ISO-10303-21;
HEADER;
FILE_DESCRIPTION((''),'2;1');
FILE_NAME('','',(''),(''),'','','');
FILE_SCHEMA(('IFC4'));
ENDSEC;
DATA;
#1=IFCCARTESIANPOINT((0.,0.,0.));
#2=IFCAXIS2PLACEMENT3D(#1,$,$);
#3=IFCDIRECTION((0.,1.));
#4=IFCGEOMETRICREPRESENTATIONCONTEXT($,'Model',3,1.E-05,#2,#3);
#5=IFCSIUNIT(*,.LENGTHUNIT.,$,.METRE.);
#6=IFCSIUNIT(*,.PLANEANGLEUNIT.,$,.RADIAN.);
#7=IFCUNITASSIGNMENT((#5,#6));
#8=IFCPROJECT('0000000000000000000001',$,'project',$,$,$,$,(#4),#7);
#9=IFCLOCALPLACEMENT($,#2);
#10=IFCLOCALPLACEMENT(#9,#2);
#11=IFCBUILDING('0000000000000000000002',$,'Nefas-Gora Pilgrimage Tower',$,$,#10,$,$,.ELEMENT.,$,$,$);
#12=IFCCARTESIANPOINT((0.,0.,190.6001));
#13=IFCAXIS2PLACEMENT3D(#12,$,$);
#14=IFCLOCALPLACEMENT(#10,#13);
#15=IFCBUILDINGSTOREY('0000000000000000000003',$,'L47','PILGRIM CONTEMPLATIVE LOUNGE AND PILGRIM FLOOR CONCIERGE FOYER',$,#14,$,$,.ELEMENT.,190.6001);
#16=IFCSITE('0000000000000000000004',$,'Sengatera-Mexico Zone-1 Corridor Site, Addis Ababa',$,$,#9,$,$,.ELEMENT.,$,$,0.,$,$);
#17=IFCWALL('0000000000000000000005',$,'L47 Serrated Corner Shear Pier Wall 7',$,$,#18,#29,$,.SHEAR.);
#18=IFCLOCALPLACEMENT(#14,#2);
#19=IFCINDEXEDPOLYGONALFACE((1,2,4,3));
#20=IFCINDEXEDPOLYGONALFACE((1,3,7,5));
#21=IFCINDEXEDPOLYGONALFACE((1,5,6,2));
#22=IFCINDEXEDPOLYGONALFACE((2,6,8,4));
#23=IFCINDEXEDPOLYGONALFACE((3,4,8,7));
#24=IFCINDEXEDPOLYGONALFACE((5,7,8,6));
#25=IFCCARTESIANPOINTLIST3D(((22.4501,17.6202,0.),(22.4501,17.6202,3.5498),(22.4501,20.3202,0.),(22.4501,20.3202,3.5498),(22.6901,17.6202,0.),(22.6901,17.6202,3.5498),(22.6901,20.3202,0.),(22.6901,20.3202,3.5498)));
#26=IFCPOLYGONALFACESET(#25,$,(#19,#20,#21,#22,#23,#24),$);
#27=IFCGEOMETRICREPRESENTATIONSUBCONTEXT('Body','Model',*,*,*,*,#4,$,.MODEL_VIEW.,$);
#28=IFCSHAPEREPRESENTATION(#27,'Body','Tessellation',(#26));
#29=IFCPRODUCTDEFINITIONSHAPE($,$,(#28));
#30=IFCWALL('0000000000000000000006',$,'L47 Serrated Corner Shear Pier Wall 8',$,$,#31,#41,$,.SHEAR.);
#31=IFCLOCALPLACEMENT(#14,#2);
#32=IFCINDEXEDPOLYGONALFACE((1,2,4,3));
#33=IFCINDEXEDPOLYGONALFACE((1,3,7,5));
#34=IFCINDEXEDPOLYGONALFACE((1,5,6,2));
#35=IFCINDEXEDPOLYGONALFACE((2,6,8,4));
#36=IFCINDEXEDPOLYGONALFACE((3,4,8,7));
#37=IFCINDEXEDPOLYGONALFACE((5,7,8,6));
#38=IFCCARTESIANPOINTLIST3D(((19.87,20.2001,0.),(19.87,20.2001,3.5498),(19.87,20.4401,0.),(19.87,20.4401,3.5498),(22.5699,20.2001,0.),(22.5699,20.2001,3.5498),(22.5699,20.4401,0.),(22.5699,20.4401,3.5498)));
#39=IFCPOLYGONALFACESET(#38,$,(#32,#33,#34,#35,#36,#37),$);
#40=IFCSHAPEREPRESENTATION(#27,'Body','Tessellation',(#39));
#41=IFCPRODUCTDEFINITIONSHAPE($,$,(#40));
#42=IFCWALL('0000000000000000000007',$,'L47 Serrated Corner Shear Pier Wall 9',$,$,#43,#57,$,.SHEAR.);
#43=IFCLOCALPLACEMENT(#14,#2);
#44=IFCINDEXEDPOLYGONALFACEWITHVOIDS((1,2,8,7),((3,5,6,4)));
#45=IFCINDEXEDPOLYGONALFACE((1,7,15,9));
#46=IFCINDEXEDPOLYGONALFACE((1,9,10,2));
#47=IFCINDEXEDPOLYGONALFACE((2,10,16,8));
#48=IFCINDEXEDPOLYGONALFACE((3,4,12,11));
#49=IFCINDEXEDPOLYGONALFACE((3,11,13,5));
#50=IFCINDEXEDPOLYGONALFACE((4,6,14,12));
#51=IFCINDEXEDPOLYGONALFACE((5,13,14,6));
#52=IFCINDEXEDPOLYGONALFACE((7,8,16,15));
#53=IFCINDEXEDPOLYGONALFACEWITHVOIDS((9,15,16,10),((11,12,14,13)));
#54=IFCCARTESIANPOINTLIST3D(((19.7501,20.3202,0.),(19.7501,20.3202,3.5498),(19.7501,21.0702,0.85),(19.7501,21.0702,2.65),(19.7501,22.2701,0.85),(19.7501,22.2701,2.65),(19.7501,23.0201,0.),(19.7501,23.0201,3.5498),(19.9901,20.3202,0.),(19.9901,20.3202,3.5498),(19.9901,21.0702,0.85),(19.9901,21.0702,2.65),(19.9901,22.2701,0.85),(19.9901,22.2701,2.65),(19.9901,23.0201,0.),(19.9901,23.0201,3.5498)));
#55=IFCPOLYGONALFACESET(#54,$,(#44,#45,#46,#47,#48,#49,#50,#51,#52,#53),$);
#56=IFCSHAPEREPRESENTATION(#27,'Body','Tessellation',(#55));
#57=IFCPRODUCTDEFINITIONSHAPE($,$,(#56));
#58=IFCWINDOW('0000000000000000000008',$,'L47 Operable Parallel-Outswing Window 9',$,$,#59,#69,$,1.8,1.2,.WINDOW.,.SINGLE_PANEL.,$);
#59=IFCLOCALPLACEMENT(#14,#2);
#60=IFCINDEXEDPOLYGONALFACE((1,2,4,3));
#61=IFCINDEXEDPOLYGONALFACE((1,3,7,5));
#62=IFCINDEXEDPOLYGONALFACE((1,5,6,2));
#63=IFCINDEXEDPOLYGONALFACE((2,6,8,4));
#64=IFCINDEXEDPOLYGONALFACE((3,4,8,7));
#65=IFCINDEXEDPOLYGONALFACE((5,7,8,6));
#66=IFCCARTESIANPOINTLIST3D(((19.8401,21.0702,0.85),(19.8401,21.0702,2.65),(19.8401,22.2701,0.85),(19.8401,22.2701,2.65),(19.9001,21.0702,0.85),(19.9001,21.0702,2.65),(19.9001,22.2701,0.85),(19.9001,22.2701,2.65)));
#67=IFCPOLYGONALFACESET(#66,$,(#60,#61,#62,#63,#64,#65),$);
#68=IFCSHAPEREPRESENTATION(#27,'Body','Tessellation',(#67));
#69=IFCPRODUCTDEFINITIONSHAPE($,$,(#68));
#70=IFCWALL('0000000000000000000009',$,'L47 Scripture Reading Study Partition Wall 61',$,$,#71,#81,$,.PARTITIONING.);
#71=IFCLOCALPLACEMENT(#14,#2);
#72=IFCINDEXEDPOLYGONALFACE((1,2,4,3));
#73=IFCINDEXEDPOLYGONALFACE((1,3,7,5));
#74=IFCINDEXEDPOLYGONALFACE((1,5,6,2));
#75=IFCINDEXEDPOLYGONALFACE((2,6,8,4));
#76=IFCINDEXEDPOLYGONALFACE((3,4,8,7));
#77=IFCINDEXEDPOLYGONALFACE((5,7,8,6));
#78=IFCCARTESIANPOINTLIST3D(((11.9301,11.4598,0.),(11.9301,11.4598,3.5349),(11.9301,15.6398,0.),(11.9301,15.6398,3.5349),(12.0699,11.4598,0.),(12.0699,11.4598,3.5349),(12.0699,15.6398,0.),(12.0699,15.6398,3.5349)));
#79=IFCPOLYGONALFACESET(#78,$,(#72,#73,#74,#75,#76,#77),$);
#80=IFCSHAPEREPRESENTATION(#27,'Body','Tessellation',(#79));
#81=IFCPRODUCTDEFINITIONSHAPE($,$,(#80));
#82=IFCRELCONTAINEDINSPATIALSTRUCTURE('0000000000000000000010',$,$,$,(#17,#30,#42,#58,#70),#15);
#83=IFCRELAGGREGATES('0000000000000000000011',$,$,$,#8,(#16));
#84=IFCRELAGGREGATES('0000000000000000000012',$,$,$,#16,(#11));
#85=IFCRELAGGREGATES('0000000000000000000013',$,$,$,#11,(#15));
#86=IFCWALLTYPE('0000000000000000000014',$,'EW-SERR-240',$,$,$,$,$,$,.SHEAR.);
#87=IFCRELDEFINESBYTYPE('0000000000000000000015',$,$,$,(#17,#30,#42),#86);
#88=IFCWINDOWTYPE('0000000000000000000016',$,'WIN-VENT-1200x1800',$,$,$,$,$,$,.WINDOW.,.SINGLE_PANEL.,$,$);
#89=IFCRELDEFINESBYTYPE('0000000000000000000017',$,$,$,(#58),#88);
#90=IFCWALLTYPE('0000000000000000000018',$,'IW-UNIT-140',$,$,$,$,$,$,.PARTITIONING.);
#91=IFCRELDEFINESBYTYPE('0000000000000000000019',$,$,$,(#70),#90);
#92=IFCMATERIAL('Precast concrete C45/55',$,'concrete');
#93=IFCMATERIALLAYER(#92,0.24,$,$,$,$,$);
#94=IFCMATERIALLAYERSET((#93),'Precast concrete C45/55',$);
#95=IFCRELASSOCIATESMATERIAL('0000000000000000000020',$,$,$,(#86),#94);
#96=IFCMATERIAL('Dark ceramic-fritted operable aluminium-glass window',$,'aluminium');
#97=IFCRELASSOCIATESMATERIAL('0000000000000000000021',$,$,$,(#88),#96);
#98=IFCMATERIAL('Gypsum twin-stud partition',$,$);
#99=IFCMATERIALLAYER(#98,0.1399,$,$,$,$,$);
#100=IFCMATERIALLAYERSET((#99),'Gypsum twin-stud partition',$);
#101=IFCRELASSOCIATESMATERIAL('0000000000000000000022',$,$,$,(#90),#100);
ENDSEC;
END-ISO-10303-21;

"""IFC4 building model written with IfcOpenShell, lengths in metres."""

from ifc_helpers import new_model, si_unit, direction, frame, frame_2d, origin, place, context, subcontext, project, spatial, rectangle, extrude, source, transform, mapped, material, layer, layer_set, type_object, element, fill, save


model = new_model("IFC4")

# Units and contexts
model_context = context("Model", 3, precision=1e-05, world=origin(), true_north=direction((0.0, 1.0)))
body_context = subcontext(model_context, "Body", "Model", "MODEL_VIEW")
ifc_project = project(units=[si_unit("LENGTHUNIT", "METRE"), si_unit("PLANEANGLEUNIT", "RADIAN")], contexts=[model_context])

# Site, building, storey
site_placement = place(None, origin())
site = spatial("IfcSite", under=ifc_project, at=site_placement, Name="Sengatera-Mexico Zone-1 Corridor Site, Addis Ababa", CompositionType="ELEMENT", RefElevation=0.0)
building_placement = place(site_placement, origin())
building = spatial("IfcBuilding", under=site, at=building_placement, Name="Nefas-Gora Pilgrimage Tower", CompositionType="ELEMENT")
storey_placement = place(building_placement, frame((0.0, 0.0, 190.6001)))
storey = spatial("IfcBuildingStorey", under=building, at=storey_placement, Name="L47", Description="PILGRIM CONTEMPLATIVE LOUNGE AND PILGRIM FLOOR CONCIERGE FOYER", CompositionType="ELEMENT", Elevation=190.6001)

# Walls
ifc_material_1 = material(Name="Precast concrete C45/55", Category="concrete")
ifc_layer_1 = layer(ifc_material_1, 0.24)
ifc_layer_set_1 = layer_set([ifc_layer_1], Name="Precast concrete C45/55")
wall_type_1 = type_object("IfcWallType", Name="EW-SERR-240", PredefinedType="SHEAR", material=ifc_layer_set_1)
shared_shape_1 = source(origin(), body_context, "Body", "SweptSolid", [
    extrude(rectangle(XDim=2.7, YDim=0.24, at=frame_2d((1.3501, 0.0))), origin(), (0.0, 0.0, 1.0), 3.5498),
])
for number, where, z_axis, x_axis, name in (
    (1, (22.5701, 17.6201, 0.0), (0.0, 0.0, 1.0), (0.0, 1.0, 0.0), "L47 Serrated Corner Shear Pier Wall 7"),
    (2, (22.5701, 20.3201, 0.0), (0.0, 0.0, 1.0), (-1.0, 0.0, 0.0), "L47 Serrated Corner Shear Pier Wall 8"),
):
    element("IfcWall", number, at=place(storey_placement, frame(where, z_axis=z_axis, x_axis=x_axis)), inside=storey, type_object=wall_type_1, Name=name, PredefinedType="SHEAR", context=body_context, shape_type="MappedRepresentation", body=[
        mapped(shared_shape_1, transform((0.0, 0.0, 0.0), x_axis=(1.0, 0.0, 0.0), y_axis=(0.0, 1.0, 0.0), z_axis=(0.0, 0.0, 1.0), scale=1.0)),
    ])

# Wall, opening, window
wall_1_placement = place(storey_placement, frame((19.8701, 20.3201, 0.0), z_axis=(0.0, 0.0, 1.0), x_axis=(0.0, 1.0, 0.0)))
wall_1 = element("IfcWall", 3, at=wall_1_placement, inside=storey, type_object=wall_type_1, Name="L47 Serrated Corner Shear Pier Wall 9", PredefinedType="SHEAR", context=body_context, shape_type="MappedRepresentation", body=[
    mapped(shared_shape_1, transform((0.0, 0.0, 0.0), x_axis=(1.0, 0.0, 0.0), y_axis=(0.0, 1.0, 0.0), z_axis=(0.0, 0.0, 1.0), scale=1.0)),
])
opening_placement = place(wall_1_placement, frame((0.75, 0.0, 0.8501)))
opening = element("IfcOpeningElement", 4, at=opening_placement, cuts=wall_1, PredefinedType="OPENING", context=body_context, shape_type="SweptSolid", body=[
    extrude(rectangle(XDim=1.2, YDim=1.8, at=frame_2d((0.6001, 0.8999))), frame((0.0, 0.1299, 0.0), z_axis=(0.0, -1.0, 0.0), x_axis=(1.0, 0.0, 0.0)), (0.0, 0.0, 1.0), 0.26),
])
ifc_material_2 = material(Name="Dark ceramic-fritted operable aluminium-glass window", Category="aluminium")
window_type = type_object("IfcWindowType", Name="WIN-VENT-1200x1800", PartitioningType="SINGLE_PANEL", PredefinedType="WINDOW", material=ifc_material_2)
shared_shape_2 = source(origin(), body_context, "Body", "SweptSolid", [
    extrude(rectangle(XDim=1.2, YDim=1.8, at=frame_2d((0.6001, 0.8999))), frame((0.0, 0.03, 0.0), z_axis=(0.0, -1.0, 0.0), x_axis=(1.0, 0.0, 0.0)), (0.0, 0.0, 1.0), 0.0601),
])
window_placement = place(opening_placement, origin())
window = element("IfcWindow", 5, at=window_placement, inside=storey, type_object=window_type, Name="L47 Operable Parallel-Outswing Window 9", OverallHeight=1.8, OverallWidth=1.2, PartitioningType="SINGLE_PANEL", PredefinedType="WINDOW", context=body_context, shape_type="MappedRepresentation", body=[
    mapped(shared_shape_2, transform((0.0, 0.0, 0.0), x_axis=(1.0, 0.0, 0.0), y_axis=(0.0, 1.0, 0.0), z_axis=(0.0, 0.0, 1.0), scale=1.0)),
])
fill(opening, window)

# Wall
ifc_material_3 = material(Name="Gypsum twin-stud partition")
ifc_layer_2 = layer(ifc_material_3, 0.1399)
ifc_layer_set_2 = layer_set([ifc_layer_2], Name="Gypsum twin-stud partition")
wall_type_2 = type_object("IfcWallType", Name="IW-UNIT-140", PredefinedType="PARTITIONING", material=ifc_layer_set_2)
shared_shape_3 = source(origin(), body_context, "Body", "SweptSolid", [
    extrude(rectangle(XDim=4.1799, YDim=0.1399, at=frame_2d((2.0898, 0.0))), origin(), (0.0, 0.0, 1.0), 3.5349),
])
wall_2_placement = place(storey_placement, frame((12.0, 11.46, 0.0), z_axis=(0.0, 0.0, 1.0), x_axis=(0.0, 1.0, 0.0)))
element("IfcWall", 6, at=wall_2_placement, inside=storey, type_object=wall_type_2, Name="L47 Scripture Reading Study Partition Wall 61", PredefinedType="PARTITIONING", context=body_context, shape_type="MappedRepresentation", body=[
    mapped(shared_shape_3, transform((0.0, 0.0, 0.0), x_axis=(1.0, 0.0, 0.0), y_axis=(0.0, 1.0, 0.0), z_axis=(0.0, 0.0, 1.0), scale=1.0)),
])

save(model, "model.ifc")
